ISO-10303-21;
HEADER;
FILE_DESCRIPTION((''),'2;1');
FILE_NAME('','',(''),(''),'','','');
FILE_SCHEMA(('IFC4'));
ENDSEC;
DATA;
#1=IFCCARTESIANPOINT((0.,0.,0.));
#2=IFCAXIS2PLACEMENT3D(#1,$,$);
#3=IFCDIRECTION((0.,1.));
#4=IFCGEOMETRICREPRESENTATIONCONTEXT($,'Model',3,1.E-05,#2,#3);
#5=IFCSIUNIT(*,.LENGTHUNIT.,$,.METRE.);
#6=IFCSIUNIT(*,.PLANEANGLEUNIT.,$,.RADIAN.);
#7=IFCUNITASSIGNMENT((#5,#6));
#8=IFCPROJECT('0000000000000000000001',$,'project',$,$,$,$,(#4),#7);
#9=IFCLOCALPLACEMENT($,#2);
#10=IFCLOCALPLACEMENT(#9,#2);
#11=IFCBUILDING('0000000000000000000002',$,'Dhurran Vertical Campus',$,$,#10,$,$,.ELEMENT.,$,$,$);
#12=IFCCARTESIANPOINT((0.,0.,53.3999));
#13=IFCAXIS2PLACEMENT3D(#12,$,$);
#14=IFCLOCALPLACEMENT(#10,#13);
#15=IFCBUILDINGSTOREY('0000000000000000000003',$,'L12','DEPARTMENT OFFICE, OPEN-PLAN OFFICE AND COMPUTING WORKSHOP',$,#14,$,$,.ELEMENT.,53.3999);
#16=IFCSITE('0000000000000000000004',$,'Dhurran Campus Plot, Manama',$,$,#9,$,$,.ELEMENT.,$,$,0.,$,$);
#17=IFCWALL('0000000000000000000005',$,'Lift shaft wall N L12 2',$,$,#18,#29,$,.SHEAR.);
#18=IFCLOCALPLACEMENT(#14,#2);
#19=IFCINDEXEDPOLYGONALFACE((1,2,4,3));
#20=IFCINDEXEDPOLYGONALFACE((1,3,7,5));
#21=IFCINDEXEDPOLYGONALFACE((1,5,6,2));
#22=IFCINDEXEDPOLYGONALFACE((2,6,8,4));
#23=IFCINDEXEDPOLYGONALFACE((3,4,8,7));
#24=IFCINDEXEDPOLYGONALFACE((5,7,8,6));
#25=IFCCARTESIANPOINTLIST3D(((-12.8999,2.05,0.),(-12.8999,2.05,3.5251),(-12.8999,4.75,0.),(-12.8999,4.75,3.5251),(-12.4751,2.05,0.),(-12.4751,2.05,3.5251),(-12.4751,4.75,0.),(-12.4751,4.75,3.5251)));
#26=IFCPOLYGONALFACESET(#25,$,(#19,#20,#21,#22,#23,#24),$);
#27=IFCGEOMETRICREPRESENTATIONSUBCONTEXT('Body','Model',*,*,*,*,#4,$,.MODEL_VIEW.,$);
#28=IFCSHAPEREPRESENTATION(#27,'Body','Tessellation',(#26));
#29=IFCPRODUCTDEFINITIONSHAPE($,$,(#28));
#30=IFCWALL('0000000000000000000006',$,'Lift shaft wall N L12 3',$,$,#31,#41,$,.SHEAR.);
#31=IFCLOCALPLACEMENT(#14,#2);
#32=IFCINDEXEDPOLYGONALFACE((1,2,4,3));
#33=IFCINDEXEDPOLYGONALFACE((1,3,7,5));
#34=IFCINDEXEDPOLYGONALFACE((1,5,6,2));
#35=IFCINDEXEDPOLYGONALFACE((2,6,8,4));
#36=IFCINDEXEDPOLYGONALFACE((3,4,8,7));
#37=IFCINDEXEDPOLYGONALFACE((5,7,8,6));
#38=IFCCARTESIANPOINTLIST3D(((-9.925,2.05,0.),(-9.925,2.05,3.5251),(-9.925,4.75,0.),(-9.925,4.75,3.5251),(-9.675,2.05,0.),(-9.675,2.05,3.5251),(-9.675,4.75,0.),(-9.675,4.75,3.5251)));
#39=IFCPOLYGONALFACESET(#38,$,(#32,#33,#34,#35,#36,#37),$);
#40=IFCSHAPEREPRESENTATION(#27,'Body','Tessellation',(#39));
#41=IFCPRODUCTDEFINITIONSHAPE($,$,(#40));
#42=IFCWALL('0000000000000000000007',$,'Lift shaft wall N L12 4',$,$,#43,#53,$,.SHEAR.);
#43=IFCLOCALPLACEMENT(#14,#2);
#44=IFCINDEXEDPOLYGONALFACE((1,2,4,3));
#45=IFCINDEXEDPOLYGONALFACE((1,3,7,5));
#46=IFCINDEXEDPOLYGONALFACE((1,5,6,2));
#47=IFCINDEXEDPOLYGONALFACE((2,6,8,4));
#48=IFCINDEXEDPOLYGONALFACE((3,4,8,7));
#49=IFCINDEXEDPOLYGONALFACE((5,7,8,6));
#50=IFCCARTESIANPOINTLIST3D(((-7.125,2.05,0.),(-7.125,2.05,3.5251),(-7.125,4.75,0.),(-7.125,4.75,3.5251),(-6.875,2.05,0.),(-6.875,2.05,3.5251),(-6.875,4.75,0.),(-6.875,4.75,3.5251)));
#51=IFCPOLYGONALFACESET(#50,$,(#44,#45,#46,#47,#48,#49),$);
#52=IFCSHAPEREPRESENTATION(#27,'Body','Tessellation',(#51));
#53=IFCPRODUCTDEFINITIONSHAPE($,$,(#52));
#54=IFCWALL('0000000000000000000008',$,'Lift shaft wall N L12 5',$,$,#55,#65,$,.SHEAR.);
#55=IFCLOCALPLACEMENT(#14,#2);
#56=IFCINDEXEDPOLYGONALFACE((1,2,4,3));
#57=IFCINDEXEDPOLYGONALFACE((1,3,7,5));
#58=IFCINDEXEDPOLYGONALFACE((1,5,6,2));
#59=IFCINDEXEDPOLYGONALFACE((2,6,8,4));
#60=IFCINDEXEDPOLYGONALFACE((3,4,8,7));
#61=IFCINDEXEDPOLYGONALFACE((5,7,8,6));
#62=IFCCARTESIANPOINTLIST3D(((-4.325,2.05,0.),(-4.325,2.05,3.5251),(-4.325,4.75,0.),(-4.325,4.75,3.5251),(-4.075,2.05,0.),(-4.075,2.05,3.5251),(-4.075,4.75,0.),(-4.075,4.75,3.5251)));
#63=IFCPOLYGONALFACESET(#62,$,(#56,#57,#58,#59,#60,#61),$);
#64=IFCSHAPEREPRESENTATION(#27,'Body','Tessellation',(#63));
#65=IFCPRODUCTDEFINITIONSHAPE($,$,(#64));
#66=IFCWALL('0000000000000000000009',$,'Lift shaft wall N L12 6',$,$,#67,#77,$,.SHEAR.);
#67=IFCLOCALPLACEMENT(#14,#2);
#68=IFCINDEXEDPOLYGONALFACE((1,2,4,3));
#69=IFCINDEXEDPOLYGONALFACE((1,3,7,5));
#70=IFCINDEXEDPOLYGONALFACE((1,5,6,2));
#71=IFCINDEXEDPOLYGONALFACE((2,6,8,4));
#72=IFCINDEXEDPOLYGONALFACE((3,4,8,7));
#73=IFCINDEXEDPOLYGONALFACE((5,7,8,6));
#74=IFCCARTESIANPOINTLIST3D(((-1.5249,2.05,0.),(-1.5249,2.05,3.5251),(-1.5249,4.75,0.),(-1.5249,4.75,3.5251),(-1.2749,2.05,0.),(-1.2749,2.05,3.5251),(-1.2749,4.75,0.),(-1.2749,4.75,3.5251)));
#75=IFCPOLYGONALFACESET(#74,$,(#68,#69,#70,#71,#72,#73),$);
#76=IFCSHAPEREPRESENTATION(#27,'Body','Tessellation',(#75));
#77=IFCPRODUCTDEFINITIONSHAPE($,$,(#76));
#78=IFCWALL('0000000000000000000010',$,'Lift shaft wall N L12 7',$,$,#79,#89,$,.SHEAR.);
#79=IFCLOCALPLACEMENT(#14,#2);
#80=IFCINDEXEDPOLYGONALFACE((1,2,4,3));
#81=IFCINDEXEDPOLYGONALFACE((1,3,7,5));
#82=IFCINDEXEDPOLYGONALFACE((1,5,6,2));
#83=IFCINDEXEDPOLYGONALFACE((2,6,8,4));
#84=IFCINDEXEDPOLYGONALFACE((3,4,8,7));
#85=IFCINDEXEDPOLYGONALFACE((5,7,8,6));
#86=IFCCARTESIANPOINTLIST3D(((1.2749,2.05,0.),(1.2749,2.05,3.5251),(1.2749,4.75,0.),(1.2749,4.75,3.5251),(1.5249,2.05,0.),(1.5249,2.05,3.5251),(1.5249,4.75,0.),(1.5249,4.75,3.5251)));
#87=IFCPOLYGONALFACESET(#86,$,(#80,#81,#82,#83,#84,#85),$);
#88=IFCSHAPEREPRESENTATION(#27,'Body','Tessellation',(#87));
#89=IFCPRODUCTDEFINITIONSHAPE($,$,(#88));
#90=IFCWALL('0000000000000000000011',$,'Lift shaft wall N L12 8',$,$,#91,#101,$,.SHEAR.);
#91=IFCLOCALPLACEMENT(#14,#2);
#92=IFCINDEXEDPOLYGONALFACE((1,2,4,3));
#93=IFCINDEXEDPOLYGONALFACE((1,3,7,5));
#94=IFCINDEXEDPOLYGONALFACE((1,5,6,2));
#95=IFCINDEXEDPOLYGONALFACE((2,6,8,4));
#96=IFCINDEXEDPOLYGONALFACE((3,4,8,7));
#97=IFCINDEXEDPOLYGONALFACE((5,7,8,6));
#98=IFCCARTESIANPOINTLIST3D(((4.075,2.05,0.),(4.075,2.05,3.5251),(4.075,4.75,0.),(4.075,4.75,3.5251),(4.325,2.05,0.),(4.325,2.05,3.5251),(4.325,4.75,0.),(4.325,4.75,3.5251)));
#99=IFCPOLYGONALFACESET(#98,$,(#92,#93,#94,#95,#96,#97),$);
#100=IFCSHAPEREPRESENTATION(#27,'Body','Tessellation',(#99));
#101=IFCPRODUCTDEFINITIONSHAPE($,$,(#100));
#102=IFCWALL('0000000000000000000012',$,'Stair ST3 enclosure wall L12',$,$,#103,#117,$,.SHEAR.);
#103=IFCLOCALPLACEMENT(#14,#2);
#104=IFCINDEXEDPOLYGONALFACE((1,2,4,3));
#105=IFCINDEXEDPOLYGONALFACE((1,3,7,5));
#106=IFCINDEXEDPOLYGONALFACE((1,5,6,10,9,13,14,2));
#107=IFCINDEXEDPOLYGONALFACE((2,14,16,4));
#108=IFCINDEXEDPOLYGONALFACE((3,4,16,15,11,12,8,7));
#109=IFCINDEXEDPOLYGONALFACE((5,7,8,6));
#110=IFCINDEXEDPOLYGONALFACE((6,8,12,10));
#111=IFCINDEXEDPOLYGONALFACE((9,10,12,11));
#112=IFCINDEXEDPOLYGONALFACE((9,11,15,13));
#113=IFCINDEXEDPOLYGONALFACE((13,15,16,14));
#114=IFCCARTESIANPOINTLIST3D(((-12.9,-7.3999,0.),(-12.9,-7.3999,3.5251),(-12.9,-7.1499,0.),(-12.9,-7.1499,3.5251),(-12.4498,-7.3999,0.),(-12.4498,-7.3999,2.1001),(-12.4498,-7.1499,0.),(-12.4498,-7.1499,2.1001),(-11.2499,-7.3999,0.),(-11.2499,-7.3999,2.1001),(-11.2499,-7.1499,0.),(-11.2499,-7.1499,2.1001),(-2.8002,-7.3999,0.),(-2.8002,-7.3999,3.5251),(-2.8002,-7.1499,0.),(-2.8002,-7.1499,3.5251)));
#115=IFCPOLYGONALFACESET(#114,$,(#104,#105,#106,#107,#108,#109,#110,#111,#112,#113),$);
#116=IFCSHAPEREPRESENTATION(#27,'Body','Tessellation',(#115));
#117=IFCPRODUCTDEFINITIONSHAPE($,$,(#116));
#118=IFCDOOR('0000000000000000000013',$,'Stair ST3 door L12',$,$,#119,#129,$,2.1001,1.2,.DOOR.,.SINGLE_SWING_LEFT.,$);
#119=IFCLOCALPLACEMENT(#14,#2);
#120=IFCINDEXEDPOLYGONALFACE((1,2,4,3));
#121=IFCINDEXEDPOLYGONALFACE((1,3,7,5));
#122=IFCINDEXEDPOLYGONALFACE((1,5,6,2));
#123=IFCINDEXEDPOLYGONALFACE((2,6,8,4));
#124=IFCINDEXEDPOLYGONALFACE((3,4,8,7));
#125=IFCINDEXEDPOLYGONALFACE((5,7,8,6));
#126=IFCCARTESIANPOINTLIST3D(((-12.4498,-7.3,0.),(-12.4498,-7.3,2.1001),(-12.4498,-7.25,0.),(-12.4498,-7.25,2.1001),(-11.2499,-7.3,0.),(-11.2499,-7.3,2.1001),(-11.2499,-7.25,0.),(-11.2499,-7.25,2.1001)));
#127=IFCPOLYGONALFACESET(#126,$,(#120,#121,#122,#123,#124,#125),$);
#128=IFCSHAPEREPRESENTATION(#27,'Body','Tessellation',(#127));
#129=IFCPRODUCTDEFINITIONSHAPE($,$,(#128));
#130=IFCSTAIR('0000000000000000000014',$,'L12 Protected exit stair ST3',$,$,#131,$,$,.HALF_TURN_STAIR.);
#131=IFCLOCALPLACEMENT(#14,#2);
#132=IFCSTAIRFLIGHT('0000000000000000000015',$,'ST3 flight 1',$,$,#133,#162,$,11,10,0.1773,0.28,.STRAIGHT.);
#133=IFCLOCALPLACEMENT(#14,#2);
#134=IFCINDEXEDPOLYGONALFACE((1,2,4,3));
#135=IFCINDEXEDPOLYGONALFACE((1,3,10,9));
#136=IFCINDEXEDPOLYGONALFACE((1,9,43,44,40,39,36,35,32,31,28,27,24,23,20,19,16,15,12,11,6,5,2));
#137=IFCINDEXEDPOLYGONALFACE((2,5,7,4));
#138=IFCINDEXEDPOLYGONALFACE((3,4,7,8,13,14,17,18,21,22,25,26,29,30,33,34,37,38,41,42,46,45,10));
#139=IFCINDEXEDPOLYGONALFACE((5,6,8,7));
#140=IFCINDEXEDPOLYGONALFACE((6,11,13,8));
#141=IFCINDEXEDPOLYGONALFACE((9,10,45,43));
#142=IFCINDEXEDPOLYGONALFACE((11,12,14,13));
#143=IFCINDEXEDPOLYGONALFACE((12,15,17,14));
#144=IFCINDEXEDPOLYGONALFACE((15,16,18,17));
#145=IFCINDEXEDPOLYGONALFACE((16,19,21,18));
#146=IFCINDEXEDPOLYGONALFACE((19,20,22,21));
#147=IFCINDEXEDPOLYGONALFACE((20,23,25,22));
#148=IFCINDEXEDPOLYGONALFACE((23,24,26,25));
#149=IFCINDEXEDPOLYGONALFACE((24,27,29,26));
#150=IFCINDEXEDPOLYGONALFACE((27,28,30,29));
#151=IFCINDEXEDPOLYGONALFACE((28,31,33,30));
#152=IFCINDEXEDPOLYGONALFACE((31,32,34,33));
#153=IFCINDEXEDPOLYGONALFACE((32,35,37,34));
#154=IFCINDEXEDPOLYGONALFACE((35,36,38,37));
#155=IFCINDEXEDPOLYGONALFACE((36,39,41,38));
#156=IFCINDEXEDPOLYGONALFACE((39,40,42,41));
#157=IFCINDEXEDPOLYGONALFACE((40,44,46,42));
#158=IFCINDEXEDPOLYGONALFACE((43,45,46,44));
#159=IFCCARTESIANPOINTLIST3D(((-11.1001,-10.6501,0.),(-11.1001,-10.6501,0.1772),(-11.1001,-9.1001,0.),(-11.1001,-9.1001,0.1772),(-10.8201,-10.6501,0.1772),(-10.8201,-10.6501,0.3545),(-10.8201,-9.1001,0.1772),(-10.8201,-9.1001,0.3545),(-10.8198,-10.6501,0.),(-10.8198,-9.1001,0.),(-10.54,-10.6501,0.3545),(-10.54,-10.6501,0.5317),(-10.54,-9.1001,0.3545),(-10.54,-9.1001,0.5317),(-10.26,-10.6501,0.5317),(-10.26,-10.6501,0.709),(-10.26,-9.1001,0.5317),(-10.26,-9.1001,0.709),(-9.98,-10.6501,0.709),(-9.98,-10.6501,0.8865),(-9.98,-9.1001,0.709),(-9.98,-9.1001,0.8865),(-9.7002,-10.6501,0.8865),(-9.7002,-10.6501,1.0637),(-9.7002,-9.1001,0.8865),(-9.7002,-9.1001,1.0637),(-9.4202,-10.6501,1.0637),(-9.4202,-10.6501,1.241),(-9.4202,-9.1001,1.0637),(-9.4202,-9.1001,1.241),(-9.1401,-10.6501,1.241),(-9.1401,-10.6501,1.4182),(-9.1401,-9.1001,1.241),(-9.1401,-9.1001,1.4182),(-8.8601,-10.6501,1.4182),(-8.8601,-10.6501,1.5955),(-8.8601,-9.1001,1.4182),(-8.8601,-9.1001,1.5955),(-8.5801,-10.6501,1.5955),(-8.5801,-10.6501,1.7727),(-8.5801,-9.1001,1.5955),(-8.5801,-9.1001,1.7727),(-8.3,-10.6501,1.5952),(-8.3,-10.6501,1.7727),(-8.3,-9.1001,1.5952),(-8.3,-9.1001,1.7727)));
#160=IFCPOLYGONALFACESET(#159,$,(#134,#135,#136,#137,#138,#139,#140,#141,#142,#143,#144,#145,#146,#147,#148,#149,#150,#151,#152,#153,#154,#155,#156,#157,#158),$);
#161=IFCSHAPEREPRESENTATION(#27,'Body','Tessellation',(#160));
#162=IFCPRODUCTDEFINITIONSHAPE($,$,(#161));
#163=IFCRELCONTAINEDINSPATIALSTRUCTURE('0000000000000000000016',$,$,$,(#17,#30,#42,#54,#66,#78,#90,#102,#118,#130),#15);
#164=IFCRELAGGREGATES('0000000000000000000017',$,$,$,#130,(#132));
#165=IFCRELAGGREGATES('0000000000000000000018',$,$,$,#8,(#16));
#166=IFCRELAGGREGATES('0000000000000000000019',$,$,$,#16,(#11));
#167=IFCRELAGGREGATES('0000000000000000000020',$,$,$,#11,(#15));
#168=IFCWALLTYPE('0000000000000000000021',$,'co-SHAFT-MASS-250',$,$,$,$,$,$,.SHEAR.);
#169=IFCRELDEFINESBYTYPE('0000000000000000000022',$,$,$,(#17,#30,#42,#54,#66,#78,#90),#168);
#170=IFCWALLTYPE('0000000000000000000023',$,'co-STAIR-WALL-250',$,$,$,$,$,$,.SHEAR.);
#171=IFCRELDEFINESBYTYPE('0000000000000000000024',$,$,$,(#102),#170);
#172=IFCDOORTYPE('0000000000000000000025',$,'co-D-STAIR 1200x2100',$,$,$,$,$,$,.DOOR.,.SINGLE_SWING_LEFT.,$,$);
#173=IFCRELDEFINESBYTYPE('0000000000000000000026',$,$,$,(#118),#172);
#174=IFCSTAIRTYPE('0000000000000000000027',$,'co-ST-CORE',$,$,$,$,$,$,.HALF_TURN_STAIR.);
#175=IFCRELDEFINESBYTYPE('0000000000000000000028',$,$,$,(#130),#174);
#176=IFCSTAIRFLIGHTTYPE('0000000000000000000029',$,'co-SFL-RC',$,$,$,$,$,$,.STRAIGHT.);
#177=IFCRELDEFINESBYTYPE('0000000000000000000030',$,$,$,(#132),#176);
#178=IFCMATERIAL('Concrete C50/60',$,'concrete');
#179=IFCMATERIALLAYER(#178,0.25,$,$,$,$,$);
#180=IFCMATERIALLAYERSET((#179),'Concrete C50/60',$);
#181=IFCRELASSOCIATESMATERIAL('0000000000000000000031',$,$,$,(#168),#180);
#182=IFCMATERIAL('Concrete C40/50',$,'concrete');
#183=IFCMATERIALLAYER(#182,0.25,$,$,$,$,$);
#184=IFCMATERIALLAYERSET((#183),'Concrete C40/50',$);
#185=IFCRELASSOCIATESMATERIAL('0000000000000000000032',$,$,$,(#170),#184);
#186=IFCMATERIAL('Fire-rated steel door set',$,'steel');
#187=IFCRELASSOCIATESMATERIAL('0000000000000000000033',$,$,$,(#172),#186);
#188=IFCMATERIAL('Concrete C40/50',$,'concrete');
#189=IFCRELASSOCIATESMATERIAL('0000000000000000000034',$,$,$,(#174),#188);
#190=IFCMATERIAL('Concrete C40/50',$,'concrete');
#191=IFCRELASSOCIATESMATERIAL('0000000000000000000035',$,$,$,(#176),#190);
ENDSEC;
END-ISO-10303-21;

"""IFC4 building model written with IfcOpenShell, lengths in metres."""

from ifc_helpers import new_model, si_unit, direction, frame, frame_2d, origin, place, context, subcontext, project, spatial, polyline, rectangle, outline, extrude, material, layer, layer_set, type_object, element, fill, aggregate, save


model = new_model("IFC4")

# Units and contexts
model_context = context("Model", 3, precision=1e-05, world=origin(), true_north=direction((0.0, 1.0)))
body_context = subcontext(model_context, "Body", "Model", "MODEL_VIEW")
ifc_project = project(units=[si_unit("LENGTHUNIT", "METRE"), si_unit("PLANEANGLEUNIT", "RADIAN")], contexts=[model_context])

# Site, building, storey
site_placement = place(None, origin())
site = spatial("IfcSite", under=ifc_project, at=site_placement, Name="Dhurran Campus Plot, Manama", CompositionType="ELEMENT", RefElevation=0.0)
building_placement = place(site_placement, origin())
building = spatial("IfcBuilding", under=site, at=building_placement, Name="Dhurran Vertical Campus", CompositionType="ELEMENT")
storey_placement = place(building_placement, frame((0.0, 0.0, 53.3999)))
storey = spatial("IfcBuildingStorey", under=building, at=storey_placement, Name="L12", Description="DEPARTMENT OFFICE, OPEN-PLAN OFFICE AND COMPUTING WORKSHOP", CompositionType="ELEMENT", Elevation=53.3999)

# Walls
ifc_material_1 = material(Name="Concrete C50/60", Category="concrete")
ifc_layer_1 = layer(ifc_material_1, 0.25)
ifc_layer_set_1 = layer_set([ifc_layer_1], Name="Concrete C50/60")
wall_type_1 = type_object("IfcWallType", Name="co-SHAFT-MASS-250", PredefinedType="SHEAR", material=ifc_layer_set_1)
wall_1_placement = place(storey_placement, origin())
element("IfcWall", 1, at=wall_1_placement, inside=storey, type_object=wall_type_1, Name="Lift shaft wall N L12 2", PredefinedType="SHEAR", context=body_context, shape_type="SweptSolid", body=[
    extrude(outline(polyline([(-12.8999, 2.05), (-12.4751, 2.05), (-12.4751, 4.75), (-12.8999, 4.75), (-12.8999, 2.05)])), origin(), (0.0, 0.0, 1.0), 3.5251),
])
wall_2_placement = place(storey_placement, origin())
element("IfcWall", 2, at=wall_2_placement, inside=storey, type_object=wall_type_1, Name="Lift shaft wall N L12 3", PredefinedType="SHEAR", context=body_context, shape_type="SweptSolid", body=[
    extrude(outline(polyline([(-9.925, 2.05), (-9.675, 2.05), (-9.675, 4.75), (-9.925, 4.75), (-9.925, 2.05)])), origin(), (0.0, 0.0, 1.0), 3.5251),
])
wall_3_placement = place(storey_placement, origin())
element("IfcWall", 3, at=wall_3_placement, inside=storey, type_object=wall_type_1, Name="Lift shaft wall N L12 4", PredefinedType="SHEAR", context=body_context, shape_type="SweptSolid", body=[
    extrude(outline(polyline([(-7.125, 2.05), (-6.875, 2.05), (-6.875, 4.75), (-7.125, 4.75), (-7.125, 2.05)])), origin(), (0.0, 0.0, 1.0), 3.5251),
])
wall_4_placement = place(storey_placement, origin())
element("IfcWall", 4, at=wall_4_placement, inside=storey, type_object=wall_type_1, Name="Lift shaft wall N L12 5", PredefinedType="SHEAR", context=body_context, shape_type="SweptSolid", body=[
    extrude(outline(polyline([(-4.325, 2.05), (-4.075, 2.05), (-4.075, 4.75), (-4.325, 4.75), (-4.325, 2.05)])), origin(), (0.0, 0.0, 1.0), 3.5251),
])
wall_5_placement = place(storey_placement, origin())
element("IfcWall", 5, at=wall_5_placement, inside=storey, type_object=wall_type_1, Name="Lift shaft wall N L12 6", PredefinedType="SHEAR", context=body_context, shape_type="SweptSolid", body=[
    extrude(outline(polyline([(-1.5249, 2.05), (-1.2749, 2.05), (-1.2749, 4.75), (-1.5249, 4.75), (-1.5249, 2.05)])), origin(), (0.0, 0.0, 1.0), 3.5251),
])
wall_6_placement = place(storey_placement, origin())
element("IfcWall", 6, at=wall_6_placement, inside=storey, type_object=wall_type_1, Name="Lift shaft wall N L12 7", PredefinedType="SHEAR", context=body_context, shape_type="SweptSolid", body=[
    extrude(outline(polyline([(1.2749, 2.05), (1.5249, 2.05), (1.5249, 4.75), (1.2749, 4.75), (1.2749, 2.05)])), origin(), (0.0, 0.0, 1.0), 3.5251),
])
wall_7_placement = place(storey_placement, origin())
element("IfcWall", 7, at=wall_7_placement, inside=storey, type_object=wall_type_1, Name="Lift shaft wall N L12 8", PredefinedType="SHEAR", context=body_context, shape_type="SweptSolid", body=[
    extrude(outline(polyline([(4.075, 2.05), (4.325, 2.05), (4.325, 4.75), (4.075, 4.75), (4.075, 2.05)])), origin(), (0.0, 0.0, 1.0), 3.5251),
])

# Wall, opening, door
ifc_material_2 = material(Name="Concrete C40/50", Category="concrete")
ifc_layer_2 = layer(ifc_material_2, 0.25)
ifc_layer_set_2 = layer_set([ifc_layer_2], Name="Concrete C40/50")
wall_type_2 = type_object("IfcWallType", Name="co-STAIR-WALL-250", PredefinedType="SHEAR", material=ifc_layer_set_2)
wall_8_placement = place(storey_placement, frame((-12.8999, -7.2749, 0.0), z_axis=(0.0, 0.0, 1.0), x_axis=(1.0, 0.0, 0.0)))
wall_8 = element("IfcWall", 8, at=wall_8_placement, inside=storey, type_object=wall_type_2, Name="Stair ST3 enclosure wall L12", PredefinedType="SHEAR", context=body_context, shape_type="SweptSolid", body=[
    extrude(rectangle(XDim=10.0999, YDim=0.25, at=frame_2d((5.0498, 0.0))), origin(), (0.0, 0.0, 1.0), 3.5251),
])
opening_1_placement = place(wall_8_placement, frame((0.45, 0.0, 0.0)))
opening_1 = element("IfcOpeningElement", 9, at=opening_1_placement, cuts=wall_8, PredefinedType="OPENING", context=body_context, shape_type="SweptSolid", body=[
    extrude(rectangle(XDim=1.2, YDim=2.1001, at=frame_2d((0.6001, 1.05))), frame((0.0, 0.135, 0.0), z_axis=(0.0, -1.0, 0.0), x_axis=(1.0, 0.0, 0.0)), (0.0, 0.0, 1.0), 0.27),
])
ifc_material_3 = material(Name="Fire-rated steel door set", Category="steel")
door_type_1 = type_object("IfcDoorType", Name="co-D-STAIR 1200x2100", OperationType="SINGLE_SWING_LEFT", PredefinedType="DOOR", material=ifc_material_3)
door_1_placement = place(opening_1_placement, origin())
door_1 = element("IfcDoor", 10, at=door_1_placement, inside=storey, type_object=door_type_1, Name="Stair ST3 door L12", OperationType="SINGLE_SWING_LEFT", OverallHeight=2.1001, OverallWidth=1.2, PredefinedType="DOOR", context=body_context, shape_type="SweptSolid", body=[
    extrude(rectangle(XDim=1.2, YDim=2.1001, at=frame_2d((0.6001, 1.05))), frame((0.0, 0.0249, 0.0), z_axis=(0.0, -1.0, 0.0), x_axis=(1.0, 0.0, 0.0)), (0.0, 0.0, 1.0), 0.05),
])
fill(opening_1, door_1)

# Stair, stair flight
ifc_material_4 = material(Name="Concrete C40/50", Category="concrete")
stair_type = type_object("IfcStairType", Name="co-ST-CORE", PredefinedType="HALF_TURN_STAIR", material=ifc_material_4)
stair_placement = place(storey_placement, origin())
stair = element("IfcStair", 11, at=stair_placement, inside=storey, type_object=stair_type, Name="L12 Protected exit stair ST3", PredefinedType="HALF_TURN_STAIR")
ifc_material_5 = material(Name="Concrete C40/50", Category="concrete")
stair_flight_type = type_object("IfcStairFlightType", Name="co-SFL-RC", PredefinedType="STRAIGHT", material=ifc_material_5)
stair_flight_1_placement = place(storey_placement, frame((-11.1001, -9.875, 0.0), z_axis=(0.0, 0.0, 1.0), x_axis=(1.0, 0.0, 0.0)))
stair_flight_1 = element("IfcStairFlight", 12, at=stair_flight_1_placement, type_object=stair_flight_type, Name="ST3 flight 1", NumberOfRisers=11, NumberOfTreads=10, PredefinedType="STRAIGHT", RiserHeight=0.1773, TreadLength=0.28, context=body_context, shape_type="SweptSolid", body=[
    extrude(outline(polyline([(0.0, 0.0), (0.0, 0.1772), (0.28, 0.1772), (0.28, 0.3545), (0.5601, 0.3545), (0.5601, 0.5317), (0.8401, 0.5317), (0.8401, 0.709), (1.1201, 0.709), (1.1201, 0.8865), (1.3999, 0.8865), (1.3999, 1.0637), (1.6799, 1.0637), (1.6799, 1.241), (1.96, 1.241), (1.96, 1.4182), (2.24, 1.4182), (2.24, 1.5955), (2.52, 1.5955), (2.52, 1.7727), (2.8, 1.7727), (2.8, 1.95), (2.8, 1.5952), (0.2803, 0.0), (0.0, 0.0)])), frame((0.0, 0.7749, 0.0), z_axis=(0.0, -1.0, 0.0), x_axis=(1.0, 0.0, 0.0)), (0.0, 0.0, 1.0), 1.55),
])
aggregate(stair, [stair_flight_1])

save(model, "model.ifc")
